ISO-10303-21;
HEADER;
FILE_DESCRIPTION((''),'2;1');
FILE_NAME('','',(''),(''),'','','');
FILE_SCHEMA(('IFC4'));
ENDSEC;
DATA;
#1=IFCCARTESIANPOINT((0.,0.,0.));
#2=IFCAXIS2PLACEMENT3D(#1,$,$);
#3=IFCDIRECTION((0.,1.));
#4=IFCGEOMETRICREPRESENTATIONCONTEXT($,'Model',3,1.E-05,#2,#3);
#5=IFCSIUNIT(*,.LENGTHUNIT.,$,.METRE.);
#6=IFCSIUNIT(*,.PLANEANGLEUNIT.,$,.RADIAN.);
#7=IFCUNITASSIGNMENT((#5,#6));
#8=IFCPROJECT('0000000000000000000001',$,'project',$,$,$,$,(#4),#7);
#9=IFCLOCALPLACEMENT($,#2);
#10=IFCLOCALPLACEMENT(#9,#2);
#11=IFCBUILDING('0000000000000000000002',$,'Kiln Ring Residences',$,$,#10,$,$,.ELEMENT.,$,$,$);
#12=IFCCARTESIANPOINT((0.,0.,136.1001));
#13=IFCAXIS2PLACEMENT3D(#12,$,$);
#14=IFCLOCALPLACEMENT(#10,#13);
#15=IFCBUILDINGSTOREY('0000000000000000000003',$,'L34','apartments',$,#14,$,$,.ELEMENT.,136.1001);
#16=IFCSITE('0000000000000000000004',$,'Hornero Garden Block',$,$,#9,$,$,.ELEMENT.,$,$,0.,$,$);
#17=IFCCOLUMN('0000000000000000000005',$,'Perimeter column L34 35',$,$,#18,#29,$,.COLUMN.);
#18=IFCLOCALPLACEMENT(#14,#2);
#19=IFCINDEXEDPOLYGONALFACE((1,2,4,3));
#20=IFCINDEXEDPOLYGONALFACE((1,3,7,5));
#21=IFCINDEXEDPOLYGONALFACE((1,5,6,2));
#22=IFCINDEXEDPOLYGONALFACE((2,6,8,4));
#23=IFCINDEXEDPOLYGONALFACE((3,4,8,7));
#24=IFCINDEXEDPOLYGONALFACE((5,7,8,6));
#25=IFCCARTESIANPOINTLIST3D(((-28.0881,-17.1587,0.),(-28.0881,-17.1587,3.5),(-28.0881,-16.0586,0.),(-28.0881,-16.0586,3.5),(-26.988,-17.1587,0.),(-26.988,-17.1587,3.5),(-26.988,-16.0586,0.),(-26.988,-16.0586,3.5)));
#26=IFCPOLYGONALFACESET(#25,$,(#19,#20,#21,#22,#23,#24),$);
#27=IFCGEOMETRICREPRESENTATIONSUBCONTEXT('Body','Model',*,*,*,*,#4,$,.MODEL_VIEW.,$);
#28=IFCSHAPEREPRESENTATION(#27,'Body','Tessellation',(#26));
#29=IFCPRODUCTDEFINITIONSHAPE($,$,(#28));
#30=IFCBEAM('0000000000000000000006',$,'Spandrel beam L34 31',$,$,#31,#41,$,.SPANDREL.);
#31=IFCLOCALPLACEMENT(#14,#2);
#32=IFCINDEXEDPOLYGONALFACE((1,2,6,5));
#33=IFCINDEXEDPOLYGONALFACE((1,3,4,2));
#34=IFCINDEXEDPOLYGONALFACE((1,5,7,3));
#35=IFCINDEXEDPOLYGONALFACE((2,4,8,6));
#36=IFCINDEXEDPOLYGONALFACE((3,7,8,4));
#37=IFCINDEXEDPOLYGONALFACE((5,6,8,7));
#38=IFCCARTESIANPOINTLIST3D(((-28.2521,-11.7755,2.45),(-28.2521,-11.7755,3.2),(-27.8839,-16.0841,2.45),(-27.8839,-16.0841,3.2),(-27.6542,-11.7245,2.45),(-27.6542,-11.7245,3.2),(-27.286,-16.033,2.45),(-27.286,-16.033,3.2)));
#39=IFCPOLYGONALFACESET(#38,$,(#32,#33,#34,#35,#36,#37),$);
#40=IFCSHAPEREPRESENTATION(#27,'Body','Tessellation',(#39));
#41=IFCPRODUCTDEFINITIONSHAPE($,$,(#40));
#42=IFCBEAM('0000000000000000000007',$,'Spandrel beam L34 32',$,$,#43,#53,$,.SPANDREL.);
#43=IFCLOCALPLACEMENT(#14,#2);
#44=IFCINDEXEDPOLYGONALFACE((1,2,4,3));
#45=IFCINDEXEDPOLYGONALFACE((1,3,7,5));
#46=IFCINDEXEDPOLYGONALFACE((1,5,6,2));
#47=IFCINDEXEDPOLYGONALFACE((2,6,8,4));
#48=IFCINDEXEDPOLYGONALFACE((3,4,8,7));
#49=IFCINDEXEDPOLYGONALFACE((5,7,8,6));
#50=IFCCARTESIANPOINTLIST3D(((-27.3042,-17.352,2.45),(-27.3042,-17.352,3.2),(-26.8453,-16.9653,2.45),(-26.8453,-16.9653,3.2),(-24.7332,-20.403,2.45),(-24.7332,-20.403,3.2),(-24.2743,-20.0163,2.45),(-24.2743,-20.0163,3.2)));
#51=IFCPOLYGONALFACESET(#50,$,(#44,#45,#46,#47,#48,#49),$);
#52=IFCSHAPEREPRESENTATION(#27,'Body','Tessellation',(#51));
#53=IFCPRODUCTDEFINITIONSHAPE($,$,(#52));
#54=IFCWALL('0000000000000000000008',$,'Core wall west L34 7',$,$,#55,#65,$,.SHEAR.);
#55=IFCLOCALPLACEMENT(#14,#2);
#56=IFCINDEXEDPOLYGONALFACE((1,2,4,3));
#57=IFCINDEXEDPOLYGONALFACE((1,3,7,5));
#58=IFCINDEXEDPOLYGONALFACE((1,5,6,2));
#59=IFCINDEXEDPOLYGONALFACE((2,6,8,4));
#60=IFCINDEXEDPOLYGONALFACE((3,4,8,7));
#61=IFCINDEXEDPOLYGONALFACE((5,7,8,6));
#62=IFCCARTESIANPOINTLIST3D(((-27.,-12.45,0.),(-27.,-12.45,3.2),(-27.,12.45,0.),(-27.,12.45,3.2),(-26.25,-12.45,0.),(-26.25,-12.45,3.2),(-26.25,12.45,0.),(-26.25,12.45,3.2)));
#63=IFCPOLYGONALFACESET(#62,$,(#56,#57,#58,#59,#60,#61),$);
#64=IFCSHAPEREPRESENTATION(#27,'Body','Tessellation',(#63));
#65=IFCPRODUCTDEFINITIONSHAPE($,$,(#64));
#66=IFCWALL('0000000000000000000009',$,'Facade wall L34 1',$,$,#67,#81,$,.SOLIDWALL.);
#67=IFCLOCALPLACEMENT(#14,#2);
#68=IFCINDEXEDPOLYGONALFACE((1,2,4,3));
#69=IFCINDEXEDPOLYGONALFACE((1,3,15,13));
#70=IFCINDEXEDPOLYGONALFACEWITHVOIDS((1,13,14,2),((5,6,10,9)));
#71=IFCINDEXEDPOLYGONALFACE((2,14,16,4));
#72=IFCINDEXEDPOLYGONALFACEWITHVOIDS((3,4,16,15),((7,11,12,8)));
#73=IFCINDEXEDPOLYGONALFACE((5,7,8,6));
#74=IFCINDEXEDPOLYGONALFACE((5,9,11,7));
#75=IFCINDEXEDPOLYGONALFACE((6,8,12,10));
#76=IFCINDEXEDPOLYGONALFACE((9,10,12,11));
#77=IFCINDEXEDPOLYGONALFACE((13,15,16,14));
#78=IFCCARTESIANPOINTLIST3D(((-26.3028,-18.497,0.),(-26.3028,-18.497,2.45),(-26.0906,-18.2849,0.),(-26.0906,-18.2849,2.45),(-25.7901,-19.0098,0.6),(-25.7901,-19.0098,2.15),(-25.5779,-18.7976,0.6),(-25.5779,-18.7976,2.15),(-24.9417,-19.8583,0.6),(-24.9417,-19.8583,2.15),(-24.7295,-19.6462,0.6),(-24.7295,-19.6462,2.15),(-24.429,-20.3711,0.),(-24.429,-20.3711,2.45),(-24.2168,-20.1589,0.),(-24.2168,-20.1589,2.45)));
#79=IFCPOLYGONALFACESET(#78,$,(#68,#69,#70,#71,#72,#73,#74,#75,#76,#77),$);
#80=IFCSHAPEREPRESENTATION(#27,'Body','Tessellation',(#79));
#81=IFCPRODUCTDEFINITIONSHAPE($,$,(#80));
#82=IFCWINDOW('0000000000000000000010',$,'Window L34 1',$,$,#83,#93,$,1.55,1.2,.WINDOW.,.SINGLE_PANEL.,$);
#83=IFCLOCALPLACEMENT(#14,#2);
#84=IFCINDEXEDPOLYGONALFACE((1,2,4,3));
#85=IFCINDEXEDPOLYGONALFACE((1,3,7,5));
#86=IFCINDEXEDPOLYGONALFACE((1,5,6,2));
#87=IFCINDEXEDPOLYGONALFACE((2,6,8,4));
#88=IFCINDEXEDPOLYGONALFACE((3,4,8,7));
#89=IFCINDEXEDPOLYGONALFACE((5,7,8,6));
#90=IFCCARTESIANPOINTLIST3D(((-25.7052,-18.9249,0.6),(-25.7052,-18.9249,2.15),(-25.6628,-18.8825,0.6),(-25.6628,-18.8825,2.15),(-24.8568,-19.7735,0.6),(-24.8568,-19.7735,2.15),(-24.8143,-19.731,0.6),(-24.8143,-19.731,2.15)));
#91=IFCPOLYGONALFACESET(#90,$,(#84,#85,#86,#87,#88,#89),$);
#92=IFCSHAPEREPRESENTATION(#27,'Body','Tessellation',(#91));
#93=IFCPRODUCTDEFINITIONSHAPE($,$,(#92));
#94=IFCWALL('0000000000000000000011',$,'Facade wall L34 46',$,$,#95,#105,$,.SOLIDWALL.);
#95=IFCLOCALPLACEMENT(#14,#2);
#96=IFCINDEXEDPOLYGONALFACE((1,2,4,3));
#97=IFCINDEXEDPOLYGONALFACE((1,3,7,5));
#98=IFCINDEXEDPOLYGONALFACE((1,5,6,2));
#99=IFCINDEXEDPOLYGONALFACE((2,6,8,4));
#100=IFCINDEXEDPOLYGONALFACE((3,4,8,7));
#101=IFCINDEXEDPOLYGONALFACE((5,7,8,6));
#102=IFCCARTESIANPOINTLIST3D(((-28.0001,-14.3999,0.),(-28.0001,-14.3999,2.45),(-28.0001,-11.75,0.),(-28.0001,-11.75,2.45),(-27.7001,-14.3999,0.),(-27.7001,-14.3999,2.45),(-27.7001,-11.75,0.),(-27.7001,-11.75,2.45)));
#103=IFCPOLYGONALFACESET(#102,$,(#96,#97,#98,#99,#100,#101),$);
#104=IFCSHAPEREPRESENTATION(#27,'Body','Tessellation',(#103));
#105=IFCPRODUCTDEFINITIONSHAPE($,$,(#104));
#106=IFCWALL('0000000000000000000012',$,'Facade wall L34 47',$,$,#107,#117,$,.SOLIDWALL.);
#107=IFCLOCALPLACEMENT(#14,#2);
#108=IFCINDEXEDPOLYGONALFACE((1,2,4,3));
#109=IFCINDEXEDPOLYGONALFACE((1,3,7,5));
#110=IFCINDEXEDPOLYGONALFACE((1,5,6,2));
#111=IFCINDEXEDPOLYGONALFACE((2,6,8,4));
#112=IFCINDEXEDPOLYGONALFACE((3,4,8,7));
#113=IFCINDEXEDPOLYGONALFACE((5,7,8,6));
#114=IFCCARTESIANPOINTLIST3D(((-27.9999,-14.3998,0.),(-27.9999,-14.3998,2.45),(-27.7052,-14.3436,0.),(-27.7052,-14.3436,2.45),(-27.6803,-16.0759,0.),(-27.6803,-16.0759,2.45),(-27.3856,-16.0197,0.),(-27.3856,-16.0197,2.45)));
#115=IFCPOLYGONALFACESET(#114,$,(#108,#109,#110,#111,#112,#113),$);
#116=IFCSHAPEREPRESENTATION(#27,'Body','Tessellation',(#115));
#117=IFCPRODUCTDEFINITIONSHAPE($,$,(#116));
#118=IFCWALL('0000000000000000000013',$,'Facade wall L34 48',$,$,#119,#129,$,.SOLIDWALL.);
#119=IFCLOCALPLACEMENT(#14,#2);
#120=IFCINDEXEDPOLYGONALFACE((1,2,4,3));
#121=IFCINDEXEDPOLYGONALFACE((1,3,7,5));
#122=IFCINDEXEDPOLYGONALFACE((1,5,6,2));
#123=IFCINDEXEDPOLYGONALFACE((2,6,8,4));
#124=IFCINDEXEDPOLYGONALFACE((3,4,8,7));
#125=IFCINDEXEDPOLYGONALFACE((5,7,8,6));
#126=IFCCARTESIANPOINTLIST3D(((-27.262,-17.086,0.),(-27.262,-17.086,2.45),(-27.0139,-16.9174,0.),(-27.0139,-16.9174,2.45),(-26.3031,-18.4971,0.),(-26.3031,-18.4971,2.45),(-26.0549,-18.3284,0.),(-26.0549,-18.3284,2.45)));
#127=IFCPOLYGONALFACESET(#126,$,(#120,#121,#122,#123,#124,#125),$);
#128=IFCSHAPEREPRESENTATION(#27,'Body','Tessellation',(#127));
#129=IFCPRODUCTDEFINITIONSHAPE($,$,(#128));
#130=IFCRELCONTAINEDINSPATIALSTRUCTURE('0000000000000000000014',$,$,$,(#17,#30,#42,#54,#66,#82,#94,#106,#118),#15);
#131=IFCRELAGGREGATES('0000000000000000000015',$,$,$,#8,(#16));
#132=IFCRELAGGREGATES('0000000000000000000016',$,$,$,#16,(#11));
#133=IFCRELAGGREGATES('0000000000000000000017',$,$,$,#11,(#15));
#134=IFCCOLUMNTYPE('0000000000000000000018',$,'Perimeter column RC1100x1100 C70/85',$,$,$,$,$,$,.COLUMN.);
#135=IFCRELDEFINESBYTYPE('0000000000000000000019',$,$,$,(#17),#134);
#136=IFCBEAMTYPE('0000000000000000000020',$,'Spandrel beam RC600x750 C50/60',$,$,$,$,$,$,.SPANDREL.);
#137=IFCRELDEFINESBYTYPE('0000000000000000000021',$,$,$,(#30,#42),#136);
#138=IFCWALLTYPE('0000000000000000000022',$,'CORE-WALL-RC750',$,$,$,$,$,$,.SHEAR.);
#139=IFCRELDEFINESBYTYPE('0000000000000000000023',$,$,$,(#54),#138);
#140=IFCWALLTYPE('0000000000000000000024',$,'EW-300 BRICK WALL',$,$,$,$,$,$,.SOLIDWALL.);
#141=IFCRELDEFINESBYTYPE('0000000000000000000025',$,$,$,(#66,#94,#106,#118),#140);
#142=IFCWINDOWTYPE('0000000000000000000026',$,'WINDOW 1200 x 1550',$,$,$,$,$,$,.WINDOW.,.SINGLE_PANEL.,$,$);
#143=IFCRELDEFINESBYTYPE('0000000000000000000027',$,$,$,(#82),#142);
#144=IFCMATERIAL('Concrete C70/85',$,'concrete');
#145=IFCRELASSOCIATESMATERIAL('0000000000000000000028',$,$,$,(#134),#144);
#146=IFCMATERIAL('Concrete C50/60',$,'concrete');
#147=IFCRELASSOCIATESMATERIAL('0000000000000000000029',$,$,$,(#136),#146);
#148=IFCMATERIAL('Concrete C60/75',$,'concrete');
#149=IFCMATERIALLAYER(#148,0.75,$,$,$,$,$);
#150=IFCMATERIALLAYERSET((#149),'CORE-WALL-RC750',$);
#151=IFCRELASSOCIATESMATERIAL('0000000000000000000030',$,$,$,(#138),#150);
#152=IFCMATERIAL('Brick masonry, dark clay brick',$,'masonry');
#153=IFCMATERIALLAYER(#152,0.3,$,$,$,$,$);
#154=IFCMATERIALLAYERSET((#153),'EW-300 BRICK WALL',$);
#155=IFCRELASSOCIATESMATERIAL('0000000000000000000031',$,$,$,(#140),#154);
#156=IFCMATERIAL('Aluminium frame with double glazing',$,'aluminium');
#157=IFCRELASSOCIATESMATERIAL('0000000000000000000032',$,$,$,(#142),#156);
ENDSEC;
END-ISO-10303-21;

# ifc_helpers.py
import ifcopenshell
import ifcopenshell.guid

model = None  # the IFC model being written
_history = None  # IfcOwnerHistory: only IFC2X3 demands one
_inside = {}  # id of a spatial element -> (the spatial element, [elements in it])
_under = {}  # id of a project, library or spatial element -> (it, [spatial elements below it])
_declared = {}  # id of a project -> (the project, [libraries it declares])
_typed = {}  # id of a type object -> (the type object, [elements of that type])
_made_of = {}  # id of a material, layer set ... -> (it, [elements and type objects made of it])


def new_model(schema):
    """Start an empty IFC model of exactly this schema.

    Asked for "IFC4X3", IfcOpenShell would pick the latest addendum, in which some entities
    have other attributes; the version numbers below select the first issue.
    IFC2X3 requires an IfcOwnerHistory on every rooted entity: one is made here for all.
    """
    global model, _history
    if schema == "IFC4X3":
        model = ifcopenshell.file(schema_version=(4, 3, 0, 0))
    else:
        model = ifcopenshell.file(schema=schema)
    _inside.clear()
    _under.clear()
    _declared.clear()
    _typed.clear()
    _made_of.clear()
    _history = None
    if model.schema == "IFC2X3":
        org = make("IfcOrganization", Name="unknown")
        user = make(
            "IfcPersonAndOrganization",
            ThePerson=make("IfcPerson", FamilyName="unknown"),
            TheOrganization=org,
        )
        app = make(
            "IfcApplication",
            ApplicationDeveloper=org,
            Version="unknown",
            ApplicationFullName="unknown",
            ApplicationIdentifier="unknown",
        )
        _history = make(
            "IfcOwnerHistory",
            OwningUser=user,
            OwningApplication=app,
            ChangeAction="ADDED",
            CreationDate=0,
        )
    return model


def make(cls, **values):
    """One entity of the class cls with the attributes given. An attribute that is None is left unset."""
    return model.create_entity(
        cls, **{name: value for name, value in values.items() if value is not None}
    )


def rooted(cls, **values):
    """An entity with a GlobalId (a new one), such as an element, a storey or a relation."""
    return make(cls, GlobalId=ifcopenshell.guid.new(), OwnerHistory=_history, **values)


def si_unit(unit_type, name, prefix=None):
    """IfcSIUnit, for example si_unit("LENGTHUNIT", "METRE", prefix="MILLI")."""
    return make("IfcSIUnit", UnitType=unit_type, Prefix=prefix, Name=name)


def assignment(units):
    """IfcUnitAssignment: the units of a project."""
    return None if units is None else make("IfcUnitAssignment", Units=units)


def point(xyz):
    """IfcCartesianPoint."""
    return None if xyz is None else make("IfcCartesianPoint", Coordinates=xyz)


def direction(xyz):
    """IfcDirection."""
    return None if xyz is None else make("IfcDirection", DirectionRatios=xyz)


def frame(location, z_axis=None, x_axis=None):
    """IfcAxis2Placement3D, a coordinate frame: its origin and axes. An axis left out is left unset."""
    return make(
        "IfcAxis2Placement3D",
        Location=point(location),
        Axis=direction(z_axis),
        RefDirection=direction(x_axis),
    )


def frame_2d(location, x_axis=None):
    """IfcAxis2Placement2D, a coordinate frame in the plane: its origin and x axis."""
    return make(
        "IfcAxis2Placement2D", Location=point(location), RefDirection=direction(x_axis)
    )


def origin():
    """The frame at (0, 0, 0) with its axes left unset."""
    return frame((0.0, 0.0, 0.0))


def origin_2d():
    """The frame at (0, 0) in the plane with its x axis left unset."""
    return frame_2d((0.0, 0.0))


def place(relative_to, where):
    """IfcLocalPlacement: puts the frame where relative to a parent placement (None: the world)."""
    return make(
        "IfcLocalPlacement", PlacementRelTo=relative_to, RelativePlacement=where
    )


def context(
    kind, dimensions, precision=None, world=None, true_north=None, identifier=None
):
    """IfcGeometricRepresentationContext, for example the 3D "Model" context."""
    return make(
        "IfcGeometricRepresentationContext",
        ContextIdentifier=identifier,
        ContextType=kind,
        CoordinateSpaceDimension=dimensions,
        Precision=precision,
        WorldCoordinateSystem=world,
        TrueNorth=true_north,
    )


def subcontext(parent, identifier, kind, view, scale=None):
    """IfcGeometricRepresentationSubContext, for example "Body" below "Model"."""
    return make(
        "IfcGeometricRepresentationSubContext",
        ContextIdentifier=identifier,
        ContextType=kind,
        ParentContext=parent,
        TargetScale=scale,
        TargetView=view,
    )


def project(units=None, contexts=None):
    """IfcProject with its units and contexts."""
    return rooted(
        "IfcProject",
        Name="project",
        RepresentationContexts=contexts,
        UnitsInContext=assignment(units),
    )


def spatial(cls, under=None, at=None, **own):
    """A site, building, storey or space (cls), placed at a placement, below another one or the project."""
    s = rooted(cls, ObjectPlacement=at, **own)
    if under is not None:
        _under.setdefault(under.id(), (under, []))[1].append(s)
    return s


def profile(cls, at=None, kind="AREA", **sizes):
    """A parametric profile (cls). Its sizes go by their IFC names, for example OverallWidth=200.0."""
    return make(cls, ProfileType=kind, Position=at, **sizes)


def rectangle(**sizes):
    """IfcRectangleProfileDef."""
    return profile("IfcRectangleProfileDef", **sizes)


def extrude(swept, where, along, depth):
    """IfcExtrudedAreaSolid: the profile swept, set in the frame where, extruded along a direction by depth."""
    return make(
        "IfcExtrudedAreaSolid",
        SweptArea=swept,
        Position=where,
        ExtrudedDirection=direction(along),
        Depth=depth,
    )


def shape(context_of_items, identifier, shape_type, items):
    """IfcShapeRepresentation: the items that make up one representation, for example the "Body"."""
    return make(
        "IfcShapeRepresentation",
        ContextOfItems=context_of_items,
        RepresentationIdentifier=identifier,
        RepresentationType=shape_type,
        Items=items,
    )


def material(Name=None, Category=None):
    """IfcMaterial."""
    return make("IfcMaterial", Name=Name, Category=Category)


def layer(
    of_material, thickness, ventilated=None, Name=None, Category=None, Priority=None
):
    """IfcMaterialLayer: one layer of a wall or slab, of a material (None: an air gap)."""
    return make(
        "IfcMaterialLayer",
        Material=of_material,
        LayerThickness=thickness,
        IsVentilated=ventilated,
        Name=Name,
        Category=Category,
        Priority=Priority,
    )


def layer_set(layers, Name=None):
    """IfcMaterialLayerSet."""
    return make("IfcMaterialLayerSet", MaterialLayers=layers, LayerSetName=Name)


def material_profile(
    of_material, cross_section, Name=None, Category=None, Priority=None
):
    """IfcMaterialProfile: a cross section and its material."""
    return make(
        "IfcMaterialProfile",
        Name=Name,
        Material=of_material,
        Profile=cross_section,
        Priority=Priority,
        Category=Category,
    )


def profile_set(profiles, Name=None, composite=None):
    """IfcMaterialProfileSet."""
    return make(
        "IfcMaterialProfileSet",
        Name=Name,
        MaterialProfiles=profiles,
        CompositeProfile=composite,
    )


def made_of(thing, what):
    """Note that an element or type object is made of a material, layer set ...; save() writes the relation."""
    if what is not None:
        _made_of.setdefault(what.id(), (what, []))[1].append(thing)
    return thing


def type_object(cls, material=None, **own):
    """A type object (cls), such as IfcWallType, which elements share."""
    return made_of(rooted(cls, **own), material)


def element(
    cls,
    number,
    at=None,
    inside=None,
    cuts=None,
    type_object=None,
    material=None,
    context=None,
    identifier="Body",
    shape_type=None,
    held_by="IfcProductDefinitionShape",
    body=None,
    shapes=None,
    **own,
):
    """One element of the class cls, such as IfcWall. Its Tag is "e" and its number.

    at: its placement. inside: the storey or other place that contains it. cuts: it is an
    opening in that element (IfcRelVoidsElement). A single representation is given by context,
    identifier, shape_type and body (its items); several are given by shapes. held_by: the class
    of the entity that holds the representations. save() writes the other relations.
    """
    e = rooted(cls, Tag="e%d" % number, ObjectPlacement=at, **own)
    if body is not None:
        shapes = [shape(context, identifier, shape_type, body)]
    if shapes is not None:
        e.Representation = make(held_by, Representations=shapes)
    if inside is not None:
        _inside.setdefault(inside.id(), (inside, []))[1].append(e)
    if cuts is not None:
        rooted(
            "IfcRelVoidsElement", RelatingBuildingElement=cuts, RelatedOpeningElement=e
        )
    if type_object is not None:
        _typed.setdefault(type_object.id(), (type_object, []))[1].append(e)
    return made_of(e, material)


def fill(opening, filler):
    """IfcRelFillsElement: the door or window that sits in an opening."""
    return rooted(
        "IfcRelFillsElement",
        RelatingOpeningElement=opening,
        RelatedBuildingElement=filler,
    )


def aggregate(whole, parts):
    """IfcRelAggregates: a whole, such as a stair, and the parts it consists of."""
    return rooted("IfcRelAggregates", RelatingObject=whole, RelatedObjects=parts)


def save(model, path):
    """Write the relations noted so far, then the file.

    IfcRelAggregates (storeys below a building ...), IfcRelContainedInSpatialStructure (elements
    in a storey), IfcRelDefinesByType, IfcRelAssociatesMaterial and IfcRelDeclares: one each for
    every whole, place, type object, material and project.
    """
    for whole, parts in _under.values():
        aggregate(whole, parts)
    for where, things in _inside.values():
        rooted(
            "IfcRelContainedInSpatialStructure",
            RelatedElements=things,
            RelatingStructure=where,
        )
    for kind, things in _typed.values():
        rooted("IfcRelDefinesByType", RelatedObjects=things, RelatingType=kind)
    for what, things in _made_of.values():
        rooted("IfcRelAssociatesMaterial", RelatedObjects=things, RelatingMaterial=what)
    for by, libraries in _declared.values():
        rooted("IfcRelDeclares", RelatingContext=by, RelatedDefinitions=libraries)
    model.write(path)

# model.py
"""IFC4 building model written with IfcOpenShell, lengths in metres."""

from ifc_helpers import new_model, si_unit, direction, frame, frame_2d, origin, origin_2d, place, context, subcontext, project, spatial, rectangle, extrude, material, layer, layer_set, material_profile, profile_set, type_object, element, fill, save


model = new_model("IFC4")

# Units and contexts
model_context = context("Model", 3, precision=1e-05, world=origin(), true_north=direction((0.0, 1.0)))
body_context = subcontext(model_context, "Body", "Model", "MODEL_VIEW")
ifc_project = project(units=[si_unit("LENGTHUNIT", "METRE"), si_unit("PLANEANGLEUNIT", "RADIAN")], contexts=[model_context])

# Site, building, storey
site_placement = place(None, origin())
site = spatial("IfcSite", under=ifc_project, at=site_placement, Name="Hornero Garden Block", CompositionType="ELEMENT", RefElevation=0.0)
building_placement = place(site_placement, origin())
building = spatial("IfcBuilding", under=site, at=building_placement, Name="Kiln Ring Residences", CompositionType="ELEMENT")
storey_placement = place(building_placement, frame((0.0, 0.0, 136.1001)))
storey = spatial("IfcBuildingStorey", under=building, at=storey_placement, Name="L34", Description="apartments", CompositionType="ELEMENT", Elevation=136.1001)

# Column
ifc_material_1 = material(Name="Concrete C70/85", Category="concrete")
ifc_material_profile_1 = material_profile(ifc_material_1, rectangle(XDim=1.1001, YDim=1.1001, at=origin_2d()), Name="RC1100x1100")
ifc_profile_set_1 = profile_set([ifc_material_profile_1], Name="Concrete C70/85")
column_type = type_object("IfcColumnType", Name="Perimeter column RC1100x1100 C70/85", PredefinedType="COLUMN", material=ifc_profile_set_1)
column_placement = place(storey_placement, frame((-27.5381, -16.6086, 0.0), z_axis=(0.0, 0.0, 1.0), x_axis=(1.0, 0.0, 0.0)))
element("IfcColumn", 1, at=column_placement, inside=storey, type_object=column_type, Name="Perimeter column L34 35", PredefinedType="COLUMN", context=body_context, shape_type="SweptSolid", body=[
    extrude(rectangle(XDim=1.1001, YDim=1.1001, at=origin_2d()), origin(), (0.0, 0.0, 1.0), 3.5),
])

# Beams
ifc_material_2 = material(Name="Concrete C50/60", Category="concrete")
ifc_material_profile_2 = material_profile(ifc_material_2, rectangle(XDim=0.6001, YDim=0.75, at=origin_2d()), Name="RC600x750")
ifc_profile_set_2 = profile_set([ifc_material_profile_2], Name="Concrete C50/60")
beam_type = type_object("IfcBeamType", Name="Spandrel beam RC600x750 C50/60", PredefinedType="SPANDREL", material=ifc_profile_set_2)
beam_1_placement = place(storey_placement, frame((-27.9531, -11.75, 2.825), z_axis=(0.085139, -0.996369, 0.0), x_axis=(0.996369, 0.085139, 0.0)))
element("IfcBeam", 2, at=beam_1_placement, inside=storey, type_object=beam_type, Name="Spandrel beam L34 31", PredefinedType="SPANDREL", context=body_context, shape_type="SweptSolid", body=[
    extrude(rectangle(XDim=0.6001, YDim=0.75, at=origin_2d()), origin(), (0.0, 0.0, 1.0), 4.3242),
])
beam_2_placement = place(storey_placement, frame((-27.0747, -17.1587, 2.825), z_axis=(0.644394, -0.764694, 0.0), x_axis=(0.764694, 0.644394, 0.0)))
element("IfcBeam", 3, at=beam_2_placement, inside=storey, type_object=beam_type, Name="Spandrel beam L34 32", PredefinedType="SPANDREL", context=body_context, shape_type="SweptSolid", body=[
    extrude(rectangle(XDim=0.6001, YDim=0.75, at=origin_2d()), origin(), (0.0, 0.0, 1.0), 3.9897),
])

# Wall
ifc_material_3 = material(Name="Concrete C60/75", Category="concrete")
ifc_layer_1 = layer(ifc_material_3, 0.75)
ifc_layer_set_1 = layer_set([ifc_layer_1], Name="CORE-WALL-RC750")
wall_type_1 = type_object("IfcWallType", Name="CORE-WALL-RC750", PredefinedType="SHEAR", material=ifc_layer_set_1)
wall_1_placement = place(storey_placement, frame((-26.625, -12.45, 0.0), z_axis=(0.0, 0.0, 1.0), x_axis=(0.0, 1.0, 0.0)))
element("IfcWall", 4, at=wall_1_placement, inside=storey, type_object=wall_type_1, Name="Core wall west L34 7", PredefinedType="SHEAR", context=body_context, shape_type="SweptSolid", body=[
    extrude(rectangle(XDim=24.8999, YDim=0.75, at=frame_2d((12.45, 0.0))), origin(), (0.0, 0.0, 1.0), 3.2),
])

# Wall, opening, window
ifc_material_4 = material(Name="Brick masonry, dark clay brick", Category="masonry")
ifc_layer_2 = layer(ifc_material_4, 0.3)
ifc_layer_set_2 = layer_set([ifc_layer_2], Name="EW-300 BRICK WALL")
wall_type_2 = type_object("IfcWallType", Name="EW-300 BRICK WALL", PredefinedType="SOLIDWALL", material=ifc_layer_set_2)
wall_2_placement = place(storey_placement, frame((-26.1968, -18.3909, 0.0), z_axis=(0.0, 0.0, 1.0), x_axis=(0.707061, -0.707153, 0.0)))
wall_2 = element("IfcWall", 5, at=wall_2_placement, inside=storey, type_object=wall_type_2, Name="Facade wall L34 1", PredefinedType="SOLIDWALL", context=body_context, shape_type="SweptSolid", body=[
    extrude(rectangle(XDim=2.6501, YDim=0.3, at=frame_2d((1.3252, 0.0))), origin(), (0.0, 0.0, 1.0), 2.45),
])
opening_1_placement = place(wall_2_placement, frame((0.7251, 0.0, 0.6001)))
opening_1 = element("IfcOpeningElement", 6, at=opening_1_placement, cuts=wall_2, PredefinedType="OPENING", context=body_context, shape_type="SweptSolid", body=[
    extrude(rectangle(XDim=1.2, YDim=1.55, at=frame_2d((0.6001, 0.7749))), frame((0.0, 0.1599, 0.0), z_axis=(0.0, -1.0, 0.0), x_axis=(1.0, 0.0, 0.0)), (0.0, 0.0, 1.0), 0.3201),
])
ifc_material_5 = material(Name="Aluminium frame with double glazing", Category="aluminium")
window_type = type_object("IfcWindowType", Name="WINDOW 1200 x 1550", PartitioningType="SINGLE_PANEL", PredefinedType="WINDOW", material=ifc_material_5)
window_placement = place(opening_1_placement, origin())
window = element("IfcWindow", 7, at=window_placement, inside=storey, type_object=window_type, Name="Window L34 1", OverallHeight=1.55, OverallWidth=1.2, PartitioningType="SINGLE_PANEL", PredefinedType="WINDOW", context=body_context, shape_type="SweptSolid", body=[
    extrude(rectangle(XDim=1.2, YDim=1.55, at=frame_2d((0.6001, 0.7749))), frame((0.0, 0.03, 0.0), z_axis=(0.0, -1.0, 0.0), x_axis=(1.0, 0.0, 0.0)), (0.0, 0.0, 1.0), 0.0601),
])
fill(opening_1, window)

# Walls
wall_3_placement = place(storey_placement, frame((-27.8501, -11.75, 0.0), z_axis=(0.0, 0.0, 1.0), x_axis=(0.0, -1.0, 0.0)))
element("IfcWall", 8, at=wall_3_placement, inside=storey, type_object=wall_type_2, Name="Facade wall L34 46", PredefinedType="SOLIDWALL", context=body_context, shape_type="SweptSolid", body=[
    extrude(rectangle(XDim=2.6499, YDim=0.3, at=frame_2d((1.325, 0.0))), origin(), (0.0, 0.0, 1.0), 2.45),
])
wall_4_placement = place(storey_placement, frame((-27.8525, -14.3718, 0.0), z_axis=(0.0, 0.0, 1.0), x_axis=(0.187303, -0.982302, 0.0)))
element("IfcWall", 9, at=wall_4_placement, inside=storey, type_object=wall_type_2, Name="Facade wall L34 47", PredefinedType="SOLIDWALL", context=body_context, shape_type="SweptSolid", body=[
    extrude(rectangle(XDim=1.7063, YDim=0.3, at=frame_2d((0.853, 0.0))), origin(), (0.0, 0.0, 1.0), 2.45),
])
wall_5_placement = place(storey_placement, frame((-27.1379, -17.0017, 0.0), z_axis=(0.0, 0.0, 1.0), x_axis=(0.562075, -0.827086, 0.0)))
element("IfcWall", 10, at=wall_5_placement, inside=storey, type_object=wall_type_2, Name="Facade wall L34 48", PredefinedType="SOLIDWALL", context=body_context, shape_type="SweptSolid", body=[
    extrude(rectangle(XDim=1.7061, YDim=0.3, at=frame_2d((0.853, 0.0))), origin(), (0.0, 0.0, 1.0), 2.45),
])

save(model, "model.ifc")
